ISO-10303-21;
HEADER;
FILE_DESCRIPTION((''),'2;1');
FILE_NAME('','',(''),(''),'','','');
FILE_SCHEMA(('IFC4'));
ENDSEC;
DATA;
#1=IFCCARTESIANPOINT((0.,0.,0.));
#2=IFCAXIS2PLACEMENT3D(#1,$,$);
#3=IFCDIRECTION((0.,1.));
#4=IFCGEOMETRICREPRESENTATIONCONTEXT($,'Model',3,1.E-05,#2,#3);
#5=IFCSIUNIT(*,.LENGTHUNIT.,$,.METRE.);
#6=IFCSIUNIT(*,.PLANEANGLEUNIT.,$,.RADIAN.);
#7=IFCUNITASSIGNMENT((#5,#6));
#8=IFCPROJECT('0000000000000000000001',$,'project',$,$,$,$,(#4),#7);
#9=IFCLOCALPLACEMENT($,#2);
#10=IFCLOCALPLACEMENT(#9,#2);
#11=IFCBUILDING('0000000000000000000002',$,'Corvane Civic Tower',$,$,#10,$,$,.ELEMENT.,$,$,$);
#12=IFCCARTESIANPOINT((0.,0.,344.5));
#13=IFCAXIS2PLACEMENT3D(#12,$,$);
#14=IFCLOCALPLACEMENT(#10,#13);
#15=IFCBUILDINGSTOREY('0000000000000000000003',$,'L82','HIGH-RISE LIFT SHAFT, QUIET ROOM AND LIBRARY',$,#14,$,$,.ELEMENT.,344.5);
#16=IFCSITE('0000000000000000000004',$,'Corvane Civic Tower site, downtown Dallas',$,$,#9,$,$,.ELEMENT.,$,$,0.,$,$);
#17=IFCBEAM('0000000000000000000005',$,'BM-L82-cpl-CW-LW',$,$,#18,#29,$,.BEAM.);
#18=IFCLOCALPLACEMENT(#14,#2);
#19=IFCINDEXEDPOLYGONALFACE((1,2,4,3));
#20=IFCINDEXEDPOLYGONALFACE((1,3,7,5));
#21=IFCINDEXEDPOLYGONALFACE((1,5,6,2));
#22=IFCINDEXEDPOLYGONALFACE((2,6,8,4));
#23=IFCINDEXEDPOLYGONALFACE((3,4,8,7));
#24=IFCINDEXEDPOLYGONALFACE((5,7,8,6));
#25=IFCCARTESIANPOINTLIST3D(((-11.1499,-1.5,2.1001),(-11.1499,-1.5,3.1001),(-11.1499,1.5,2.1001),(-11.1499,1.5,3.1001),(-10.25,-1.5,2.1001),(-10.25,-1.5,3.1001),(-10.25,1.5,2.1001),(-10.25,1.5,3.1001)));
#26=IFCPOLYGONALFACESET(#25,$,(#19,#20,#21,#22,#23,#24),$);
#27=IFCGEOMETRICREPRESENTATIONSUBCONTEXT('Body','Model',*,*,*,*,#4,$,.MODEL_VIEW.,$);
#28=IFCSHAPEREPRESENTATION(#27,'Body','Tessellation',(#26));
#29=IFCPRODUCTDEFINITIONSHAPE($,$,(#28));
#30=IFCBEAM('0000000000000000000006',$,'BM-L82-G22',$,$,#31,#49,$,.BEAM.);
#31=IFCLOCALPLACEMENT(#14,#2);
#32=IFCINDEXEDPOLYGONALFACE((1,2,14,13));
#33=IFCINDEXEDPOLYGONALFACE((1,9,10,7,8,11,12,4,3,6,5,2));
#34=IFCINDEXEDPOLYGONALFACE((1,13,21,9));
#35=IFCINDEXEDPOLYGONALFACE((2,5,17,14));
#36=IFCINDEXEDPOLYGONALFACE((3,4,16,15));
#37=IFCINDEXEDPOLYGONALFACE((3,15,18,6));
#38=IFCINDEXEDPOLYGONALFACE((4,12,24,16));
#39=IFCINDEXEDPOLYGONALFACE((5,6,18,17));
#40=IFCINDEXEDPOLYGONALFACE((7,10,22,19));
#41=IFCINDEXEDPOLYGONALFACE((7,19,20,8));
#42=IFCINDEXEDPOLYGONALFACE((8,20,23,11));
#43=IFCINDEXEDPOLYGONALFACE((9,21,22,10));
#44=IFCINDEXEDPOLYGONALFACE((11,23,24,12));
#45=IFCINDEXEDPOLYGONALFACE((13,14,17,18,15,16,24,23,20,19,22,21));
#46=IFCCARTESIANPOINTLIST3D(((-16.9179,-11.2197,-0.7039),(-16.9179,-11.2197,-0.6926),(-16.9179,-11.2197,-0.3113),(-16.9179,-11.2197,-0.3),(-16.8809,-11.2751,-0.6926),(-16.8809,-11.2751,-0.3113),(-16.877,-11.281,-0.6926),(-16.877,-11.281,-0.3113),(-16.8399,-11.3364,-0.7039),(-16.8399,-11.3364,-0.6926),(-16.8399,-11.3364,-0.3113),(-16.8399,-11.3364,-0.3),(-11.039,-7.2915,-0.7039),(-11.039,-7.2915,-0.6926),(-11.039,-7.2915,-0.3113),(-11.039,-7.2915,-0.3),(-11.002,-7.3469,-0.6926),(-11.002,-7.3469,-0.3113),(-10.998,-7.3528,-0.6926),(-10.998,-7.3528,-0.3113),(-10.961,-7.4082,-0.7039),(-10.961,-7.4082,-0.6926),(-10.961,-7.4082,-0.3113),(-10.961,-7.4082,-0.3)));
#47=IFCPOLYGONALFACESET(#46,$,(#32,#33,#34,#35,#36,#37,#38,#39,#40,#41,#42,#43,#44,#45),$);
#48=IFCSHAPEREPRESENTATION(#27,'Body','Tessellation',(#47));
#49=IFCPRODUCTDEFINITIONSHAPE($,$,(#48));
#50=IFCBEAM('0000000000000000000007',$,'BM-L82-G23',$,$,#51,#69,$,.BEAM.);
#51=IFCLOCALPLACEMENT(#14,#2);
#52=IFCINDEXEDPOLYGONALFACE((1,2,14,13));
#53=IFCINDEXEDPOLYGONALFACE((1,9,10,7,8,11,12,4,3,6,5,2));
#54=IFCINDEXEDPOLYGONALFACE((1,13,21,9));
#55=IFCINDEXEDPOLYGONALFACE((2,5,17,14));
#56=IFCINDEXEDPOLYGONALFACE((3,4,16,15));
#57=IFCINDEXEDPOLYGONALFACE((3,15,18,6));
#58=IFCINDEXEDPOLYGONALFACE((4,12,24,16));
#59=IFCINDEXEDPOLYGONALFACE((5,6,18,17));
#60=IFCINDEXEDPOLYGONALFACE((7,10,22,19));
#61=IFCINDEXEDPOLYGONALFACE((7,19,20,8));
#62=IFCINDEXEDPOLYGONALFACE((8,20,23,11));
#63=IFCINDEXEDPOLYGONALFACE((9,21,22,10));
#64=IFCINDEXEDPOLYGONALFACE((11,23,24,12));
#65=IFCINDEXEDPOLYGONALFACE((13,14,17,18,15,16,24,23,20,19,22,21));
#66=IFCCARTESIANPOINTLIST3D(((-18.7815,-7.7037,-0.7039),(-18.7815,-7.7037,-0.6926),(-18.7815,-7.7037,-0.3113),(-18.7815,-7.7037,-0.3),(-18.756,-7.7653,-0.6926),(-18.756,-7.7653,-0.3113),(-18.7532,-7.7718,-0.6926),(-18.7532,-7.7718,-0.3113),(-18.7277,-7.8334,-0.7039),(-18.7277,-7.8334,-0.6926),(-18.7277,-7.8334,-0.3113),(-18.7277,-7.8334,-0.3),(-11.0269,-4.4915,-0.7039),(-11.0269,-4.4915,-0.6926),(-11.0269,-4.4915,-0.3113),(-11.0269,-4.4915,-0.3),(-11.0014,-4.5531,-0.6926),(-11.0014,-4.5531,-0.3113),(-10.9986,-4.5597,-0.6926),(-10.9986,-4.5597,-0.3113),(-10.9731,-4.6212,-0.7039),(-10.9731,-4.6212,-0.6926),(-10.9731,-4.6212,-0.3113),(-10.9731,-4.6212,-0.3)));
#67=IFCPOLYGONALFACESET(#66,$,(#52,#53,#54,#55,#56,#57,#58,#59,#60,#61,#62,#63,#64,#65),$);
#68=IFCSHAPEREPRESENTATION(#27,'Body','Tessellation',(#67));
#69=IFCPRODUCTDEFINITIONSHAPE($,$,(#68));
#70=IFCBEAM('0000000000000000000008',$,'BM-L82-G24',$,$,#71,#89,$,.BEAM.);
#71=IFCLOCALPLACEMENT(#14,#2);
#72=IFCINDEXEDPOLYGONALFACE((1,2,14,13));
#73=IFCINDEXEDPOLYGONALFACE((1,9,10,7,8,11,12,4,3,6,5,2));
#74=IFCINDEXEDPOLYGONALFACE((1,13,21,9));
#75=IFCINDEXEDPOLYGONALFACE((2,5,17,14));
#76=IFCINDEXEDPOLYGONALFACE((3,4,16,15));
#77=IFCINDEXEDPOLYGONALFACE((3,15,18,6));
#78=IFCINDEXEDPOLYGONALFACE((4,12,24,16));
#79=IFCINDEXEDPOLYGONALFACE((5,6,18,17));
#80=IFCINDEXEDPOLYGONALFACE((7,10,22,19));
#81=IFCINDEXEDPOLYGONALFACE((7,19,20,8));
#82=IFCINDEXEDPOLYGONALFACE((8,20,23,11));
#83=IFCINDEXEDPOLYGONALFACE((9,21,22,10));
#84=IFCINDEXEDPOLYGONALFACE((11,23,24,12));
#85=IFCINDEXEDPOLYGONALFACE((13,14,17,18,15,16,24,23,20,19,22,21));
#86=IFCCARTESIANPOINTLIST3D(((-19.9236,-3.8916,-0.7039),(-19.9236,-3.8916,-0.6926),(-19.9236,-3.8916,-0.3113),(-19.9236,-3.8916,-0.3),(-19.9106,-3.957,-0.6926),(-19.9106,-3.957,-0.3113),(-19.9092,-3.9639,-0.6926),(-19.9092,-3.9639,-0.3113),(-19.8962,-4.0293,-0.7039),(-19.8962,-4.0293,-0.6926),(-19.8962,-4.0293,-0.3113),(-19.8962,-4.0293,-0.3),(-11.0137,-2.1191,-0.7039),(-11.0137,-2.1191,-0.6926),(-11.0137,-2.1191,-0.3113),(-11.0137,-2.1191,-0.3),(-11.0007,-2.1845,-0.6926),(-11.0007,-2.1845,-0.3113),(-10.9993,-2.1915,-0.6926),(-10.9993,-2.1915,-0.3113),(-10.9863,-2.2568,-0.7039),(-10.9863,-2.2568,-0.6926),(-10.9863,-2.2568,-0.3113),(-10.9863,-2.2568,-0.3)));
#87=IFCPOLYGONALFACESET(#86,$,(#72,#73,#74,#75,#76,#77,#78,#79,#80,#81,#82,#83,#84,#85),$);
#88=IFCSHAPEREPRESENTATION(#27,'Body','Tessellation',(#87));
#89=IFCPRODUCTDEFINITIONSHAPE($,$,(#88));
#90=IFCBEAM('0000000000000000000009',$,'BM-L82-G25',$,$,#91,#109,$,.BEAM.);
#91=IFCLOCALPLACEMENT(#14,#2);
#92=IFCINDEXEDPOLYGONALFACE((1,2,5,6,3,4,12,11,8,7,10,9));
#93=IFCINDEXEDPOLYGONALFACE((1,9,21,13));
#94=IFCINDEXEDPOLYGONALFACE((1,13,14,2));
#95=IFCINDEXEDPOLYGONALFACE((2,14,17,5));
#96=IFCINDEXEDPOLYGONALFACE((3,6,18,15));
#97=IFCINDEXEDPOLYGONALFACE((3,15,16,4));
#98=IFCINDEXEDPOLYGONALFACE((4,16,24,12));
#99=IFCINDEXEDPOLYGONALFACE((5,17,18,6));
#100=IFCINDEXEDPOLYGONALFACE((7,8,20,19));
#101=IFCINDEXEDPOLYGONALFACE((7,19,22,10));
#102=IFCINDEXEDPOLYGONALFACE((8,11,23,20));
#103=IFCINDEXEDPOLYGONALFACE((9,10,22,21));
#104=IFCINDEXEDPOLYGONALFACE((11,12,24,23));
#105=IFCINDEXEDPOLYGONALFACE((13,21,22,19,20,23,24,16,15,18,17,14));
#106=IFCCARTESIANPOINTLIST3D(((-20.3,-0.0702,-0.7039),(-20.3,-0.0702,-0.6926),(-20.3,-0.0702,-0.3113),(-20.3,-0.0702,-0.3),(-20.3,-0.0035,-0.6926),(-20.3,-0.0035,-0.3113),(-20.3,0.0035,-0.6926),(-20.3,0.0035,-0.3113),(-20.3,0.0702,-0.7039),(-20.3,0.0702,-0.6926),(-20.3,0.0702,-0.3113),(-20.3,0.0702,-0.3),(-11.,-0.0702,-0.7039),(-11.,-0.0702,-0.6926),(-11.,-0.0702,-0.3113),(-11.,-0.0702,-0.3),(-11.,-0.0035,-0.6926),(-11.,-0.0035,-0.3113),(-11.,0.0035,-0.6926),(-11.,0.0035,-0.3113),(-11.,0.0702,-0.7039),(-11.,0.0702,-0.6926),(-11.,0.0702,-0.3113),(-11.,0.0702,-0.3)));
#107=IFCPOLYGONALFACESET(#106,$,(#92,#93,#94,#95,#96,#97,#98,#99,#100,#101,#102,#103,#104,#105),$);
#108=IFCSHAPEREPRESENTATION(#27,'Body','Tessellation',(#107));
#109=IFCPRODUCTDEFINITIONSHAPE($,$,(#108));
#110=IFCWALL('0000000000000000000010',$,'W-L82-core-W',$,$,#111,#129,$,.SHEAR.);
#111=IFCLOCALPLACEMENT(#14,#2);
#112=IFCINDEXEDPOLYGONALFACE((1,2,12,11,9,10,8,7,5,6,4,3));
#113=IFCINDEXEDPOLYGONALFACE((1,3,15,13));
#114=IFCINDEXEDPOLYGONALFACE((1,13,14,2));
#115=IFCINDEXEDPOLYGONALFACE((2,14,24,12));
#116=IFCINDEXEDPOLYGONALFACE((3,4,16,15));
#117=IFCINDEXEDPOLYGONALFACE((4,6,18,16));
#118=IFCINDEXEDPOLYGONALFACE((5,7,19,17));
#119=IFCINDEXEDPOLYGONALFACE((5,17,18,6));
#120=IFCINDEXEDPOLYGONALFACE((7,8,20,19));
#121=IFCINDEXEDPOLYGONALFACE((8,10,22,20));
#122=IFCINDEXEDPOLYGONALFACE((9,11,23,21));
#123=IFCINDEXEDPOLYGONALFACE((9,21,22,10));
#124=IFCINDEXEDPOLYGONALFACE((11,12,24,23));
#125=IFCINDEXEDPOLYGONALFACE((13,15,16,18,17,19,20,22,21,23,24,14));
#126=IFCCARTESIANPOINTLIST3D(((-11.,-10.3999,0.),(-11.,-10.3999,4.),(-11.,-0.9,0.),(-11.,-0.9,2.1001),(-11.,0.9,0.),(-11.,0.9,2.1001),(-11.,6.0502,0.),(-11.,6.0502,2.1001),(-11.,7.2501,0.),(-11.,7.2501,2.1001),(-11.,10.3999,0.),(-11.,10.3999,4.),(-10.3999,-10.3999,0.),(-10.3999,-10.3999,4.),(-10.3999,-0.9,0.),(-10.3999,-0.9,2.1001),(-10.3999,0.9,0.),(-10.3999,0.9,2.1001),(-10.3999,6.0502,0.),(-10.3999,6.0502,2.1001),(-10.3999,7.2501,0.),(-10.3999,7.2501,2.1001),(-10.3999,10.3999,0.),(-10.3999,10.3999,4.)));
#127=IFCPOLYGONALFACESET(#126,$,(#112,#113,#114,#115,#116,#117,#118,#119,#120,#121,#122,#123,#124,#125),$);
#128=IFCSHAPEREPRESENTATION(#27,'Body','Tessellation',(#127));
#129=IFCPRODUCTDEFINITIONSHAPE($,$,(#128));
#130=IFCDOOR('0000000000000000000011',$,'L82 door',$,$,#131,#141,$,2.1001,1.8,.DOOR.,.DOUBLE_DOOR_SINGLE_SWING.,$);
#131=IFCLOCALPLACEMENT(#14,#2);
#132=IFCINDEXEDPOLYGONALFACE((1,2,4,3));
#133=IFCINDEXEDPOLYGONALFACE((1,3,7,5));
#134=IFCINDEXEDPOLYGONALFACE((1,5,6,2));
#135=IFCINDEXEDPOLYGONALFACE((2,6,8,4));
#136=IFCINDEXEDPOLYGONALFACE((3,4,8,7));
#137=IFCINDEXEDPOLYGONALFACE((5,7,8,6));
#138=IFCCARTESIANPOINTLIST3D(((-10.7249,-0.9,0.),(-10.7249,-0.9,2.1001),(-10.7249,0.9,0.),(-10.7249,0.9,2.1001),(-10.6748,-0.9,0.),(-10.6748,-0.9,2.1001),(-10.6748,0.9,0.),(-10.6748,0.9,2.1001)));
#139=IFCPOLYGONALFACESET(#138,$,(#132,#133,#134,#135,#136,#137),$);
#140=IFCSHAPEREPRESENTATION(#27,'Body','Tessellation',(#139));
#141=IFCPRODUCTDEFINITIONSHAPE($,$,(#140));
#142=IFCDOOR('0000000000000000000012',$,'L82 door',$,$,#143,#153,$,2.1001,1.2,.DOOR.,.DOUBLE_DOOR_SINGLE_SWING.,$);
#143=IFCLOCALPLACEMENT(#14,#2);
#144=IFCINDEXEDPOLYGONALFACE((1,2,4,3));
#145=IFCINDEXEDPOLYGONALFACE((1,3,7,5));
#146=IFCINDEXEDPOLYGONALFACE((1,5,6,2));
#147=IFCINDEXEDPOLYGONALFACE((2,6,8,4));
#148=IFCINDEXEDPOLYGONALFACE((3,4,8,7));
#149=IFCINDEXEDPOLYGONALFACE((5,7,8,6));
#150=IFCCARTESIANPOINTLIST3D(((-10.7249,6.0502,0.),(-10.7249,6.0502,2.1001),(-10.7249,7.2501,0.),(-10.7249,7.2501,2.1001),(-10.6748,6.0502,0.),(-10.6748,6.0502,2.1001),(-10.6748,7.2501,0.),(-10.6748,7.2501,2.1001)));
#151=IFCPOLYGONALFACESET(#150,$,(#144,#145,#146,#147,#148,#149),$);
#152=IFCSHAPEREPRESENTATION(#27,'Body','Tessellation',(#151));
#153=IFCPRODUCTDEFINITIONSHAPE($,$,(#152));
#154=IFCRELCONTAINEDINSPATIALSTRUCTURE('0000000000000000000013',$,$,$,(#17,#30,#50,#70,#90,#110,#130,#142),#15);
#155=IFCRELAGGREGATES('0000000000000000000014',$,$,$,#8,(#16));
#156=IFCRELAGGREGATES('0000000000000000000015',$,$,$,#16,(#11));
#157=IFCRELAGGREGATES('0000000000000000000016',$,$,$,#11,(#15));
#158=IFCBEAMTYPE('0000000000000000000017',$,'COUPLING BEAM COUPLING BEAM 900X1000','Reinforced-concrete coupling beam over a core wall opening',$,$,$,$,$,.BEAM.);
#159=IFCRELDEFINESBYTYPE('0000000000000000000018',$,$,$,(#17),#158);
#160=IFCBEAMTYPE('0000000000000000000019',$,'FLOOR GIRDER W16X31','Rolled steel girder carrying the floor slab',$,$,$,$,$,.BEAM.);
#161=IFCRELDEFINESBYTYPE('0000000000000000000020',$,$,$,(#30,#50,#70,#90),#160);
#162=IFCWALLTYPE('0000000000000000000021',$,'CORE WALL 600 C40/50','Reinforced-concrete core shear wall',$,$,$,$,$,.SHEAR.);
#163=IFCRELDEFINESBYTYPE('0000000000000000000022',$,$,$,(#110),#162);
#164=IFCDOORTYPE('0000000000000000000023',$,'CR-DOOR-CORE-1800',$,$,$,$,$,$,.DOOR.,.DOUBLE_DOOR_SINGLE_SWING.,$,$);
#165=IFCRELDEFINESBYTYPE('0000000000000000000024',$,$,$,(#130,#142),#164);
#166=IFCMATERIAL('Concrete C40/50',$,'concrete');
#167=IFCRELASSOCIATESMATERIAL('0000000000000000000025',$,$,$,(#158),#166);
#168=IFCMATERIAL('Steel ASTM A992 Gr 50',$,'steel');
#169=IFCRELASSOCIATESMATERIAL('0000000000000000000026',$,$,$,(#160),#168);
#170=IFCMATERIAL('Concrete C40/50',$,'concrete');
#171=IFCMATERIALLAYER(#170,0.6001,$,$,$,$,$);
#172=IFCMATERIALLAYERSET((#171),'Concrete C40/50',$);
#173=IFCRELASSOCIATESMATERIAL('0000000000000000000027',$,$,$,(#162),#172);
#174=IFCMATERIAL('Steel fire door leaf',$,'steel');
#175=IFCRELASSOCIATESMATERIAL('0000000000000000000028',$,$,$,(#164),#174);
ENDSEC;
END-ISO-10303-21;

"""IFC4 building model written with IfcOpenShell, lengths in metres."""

from ifc_helpers import new_model, si_unit, direction, frame, frame_2d, origin, origin_2d, place, context, subcontext, project, spatial, rectangle, i_section, extrude, material, layer, layer_set, material_profile, profile_set, type_object, element, fill, save


model = new_model("IFC4")

# Units and contexts
model_context = context("Model", 3, precision=1e-05, world=origin(), true_north=direction((0.0, 1.0)))
body_context = subcontext(model_context, "Body", "Model", "MODEL_VIEW")
ifc_project = project(units=[si_unit("LENGTHUNIT", "METRE"), si_unit("PLANEANGLEUNIT", "RADIAN")], contexts=[model_context])

# Site, building, storey
site_placement = place(None, origin())
site = spatial("IfcSite", under=ifc_project, at=site_placement, Name="Corvane Civic Tower site, downtown Dallas", CompositionType="ELEMENT", RefElevation=0.0)
building_placement = place(site_placement, origin())
building = spatial("IfcBuilding", under=site, at=building_placement, Name="Corvane Civic Tower", CompositionType="ELEMENT")
storey_placement = place(building_placement, frame((0.0, 0.0, 344.5)))
storey = spatial("IfcBuildingStorey", under=building, at=storey_placement, Name="L82", Description="HIGH-RISE LIFT SHAFT, QUIET ROOM AND LIBRARY", CompositionType="ELEMENT", Elevation=344.5)

# Beams
ifc_material_1 = material(Name="Concrete C40/50", Category="concrete")
ifc_material_profile_1 = material_profile(ifc_material_1, rectangle(XDim=0.8999, YDim=1.0, at=origin_2d()), Name="COUPLING BEAM 900X1000")
ifc_profile_set_1 = profile_set([ifc_material_profile_1], Name="Concrete C40/50")
beam_type_1 = type_object("IfcBeamType", Name="COUPLING BEAM COUPLING BEAM 900X1000", Description="Reinforced-concrete coupling beam over a core wall opening", PredefinedType="BEAM", material=ifc_profile_set_1)
beam_1_placement = place(storey_placement, frame((-10.7, -1.5, 2.6001), z_axis=(0.0, 1.0, 0.0), x_axis=(-1.0, 0.0, 0.0)))
element("IfcBeam", 1, at=beam_1_placement, inside=storey, type_object=beam_type_1, Name="BM-L82-cpl-CW-LW", PredefinedType="BEAM", context=body_context, shape_type="SweptSolid", body=[
    extrude(rectangle(XDim=0.8999, YDim=1.0, at=origin_2d()), origin(), (0.0, 0.0, 1.0), 3.0),
])
ifc_material_2 = material(Name="Steel ASTM A992 Gr 50", Category="steel")
ifc_material_profile_2 = material_profile(ifc_material_2, i_section(OverallWidth=0.1404, OverallDepth=0.4038, WebThickness=0.0071, FlangeThickness=0.0112, at=origin_2d()), Name="W16X31")
ifc_profile_set_2 = profile_set([ifc_material_profile_2], Name="Steel ASTM A992 Gr 50")
beam_type_2 = type_object("IfcBeamType", Name="FLOOR GIRDER W16X31", Description="Rolled steel girder carrying the floor slab", PredefinedType="BEAM", material=ifc_profile_set_2)
beam_2_placement = place(storey_placement, frame((-11.0, -7.3499, -0.502), z_axis=(-0.831465, -0.555576, 0.0), x_axis=(0.555576, -0.831465, 0.0)))
element("IfcBeam", 2, at=beam_2_placement, inside=storey, type_object=beam_type_2, Name="BM-L82-G22", PredefinedType="BEAM", context=body_context, shape_type="SweptSolid", body=[
    extrude(i_section(OverallWidth=0.1404, OverallDepth=0.4038, WebThickness=0.0071, FlangeThickness=0.0112, at=origin_2d()), origin(), (0.0, 0.0, 1.0), 7.0706),
])
beam_3_placement = place(storey_placement, frame((-11.0, -4.5564, -0.502), z_axis=(-0.923876, -0.382692, 0.0), x_axis=(0.382692, -0.923876, 0.0)))
element("IfcBeam", 3, at=beam_3_placement, inside=storey, type_object=beam_type_2, Name="BM-L82-G23", PredefinedType="BEAM", context=body_context, shape_type="SweptSolid", body=[
    extrude(i_section(OverallWidth=0.1404, OverallDepth=0.4038, WebThickness=0.0071, FlangeThickness=0.0112, at=origin_2d()), origin(), (0.0, 0.0, 1.0), 8.3936),
])
beam_4_placement = place(storey_placement, frame((-11.0, -2.188, -0.502), z_axis=(-0.980782, -0.195108, 0.0), x_axis=(0.195108, -0.980782, 0.0)))
element("IfcBeam", 4, at=beam_4_placement, inside=storey, type_object=beam_type_2, Name="BM-L82-G24", PredefinedType="BEAM", context=body_context, shape_type="SweptSolid", body=[
    extrude(i_section(OverallWidth=0.1404, OverallDepth=0.4038, WebThickness=0.0071, FlangeThickness=0.0112, at=origin_2d()), origin(), (0.0, 0.0, 1.0), 9.0845),
])
beam_5_placement = place(storey_placement, frame((-11.0, 0.0, -0.502), z_axis=(-1.0, 0.0, 0.0), x_axis=(0.0, -1.0, 0.0)))
element("IfcBeam", 5, at=beam_5_placement, inside=storey, type_object=beam_type_2, Name="BM-L82-G25", PredefinedType="BEAM", context=body_context, shape_type="SweptSolid", body=[
    extrude(i_section(OverallWidth=0.1404, OverallDepth=0.4038, WebThickness=0.0071, FlangeThickness=0.0112, at=origin_2d()), origin(), (0.0, 0.0, 1.0), 9.3),
])

# Wall, openings, doors
ifc_material_3 = material(Name="Concrete C40/50", Category="concrete")
ifc_layer_1 = layer(ifc_material_3, 0.6001)
ifc_layer_set_1 = layer_set([ifc_layer_1], Name="Concrete C40/50")
wall_type_1 = type_object("IfcWallType", Name="CORE WALL 600 C40/50", Description="Reinforced-concrete core shear wall", PredefinedType="SHEAR", material=ifc_layer_set_1)
wall_1_placement = place(storey_placement, frame((-10.7, -10.3999, 0.0), z_axis=(0.0, 0.0, 1.0), x_axis=(0.0, 1.0, 0.0)))
wall_1 = element("IfcWall", 6, at=wall_1_placement, inside=storey, type_object=wall_type_1, Name="W-L82-core-W", PredefinedType="SHEAR", context=body_context, shape_type="SweptSolid", body=[
    extrude(rectangle(XDim=20.7998, YDim=0.6001, at=frame_2d((10.3999, 0.0))), origin(), (0.0, 0.0, 1.0), 4.0),
])
opening_1_placement = place(wall_1_placement, frame((9.5, 0.0, 0.0)))
opening_1 = element("IfcOpeningElement", 7, at=opening_1_placement, cuts=wall_1, PredefinedType="OPENING", context=body_context, shape_type="SweptSolid", body=[
    extrude(rectangle(XDim=1.8, YDim=2.1001, at=frame_2d((0.8999, 1.05))), frame((0.0, 0.3101, 0.0), z_axis=(0.0, -1.0, 0.0), x_axis=(1.0, 0.0, 0.0)), (0.0, 0.0, 1.0), 0.6201),
])
opening_2_placement = place(wall_1_placement, frame((16.45, 0.0, 0.0)))
opening_2 = element("IfcOpeningElement", 8, at=opening_2_placement, cuts=wall_1, PredefinedType="OPENING", context=body_context, shape_type="SweptSolid", body=[
    extrude(rectangle(XDim=1.2, YDim=2.1001, at=frame_2d((0.6001, 1.05))), frame((0.0, 0.3101, 0.0), z_axis=(0.0, -1.0, 0.0), x_axis=(1.0, 0.0, 0.0)), (0.0, 0.0, 1.0), 0.6201),
])
ifc_material_4 = material(Name="Steel fire door leaf", Category="steel")
door_type_1 = type_object("IfcDoorType", Name="CR-DOOR-CORE-1800", OperationType="DOUBLE_DOOR_SINGLE_SWING", PredefinedType="DOOR", material=ifc_material_4)
door_1_placement = place(opening_1_placement, origin())
door_1 = element("IfcDoor", 9, at=door_1_placement, inside=storey, type_object=door_type_1, Name="L82 door", OperationType="DOUBLE_DOOR_SINGLE_SWING", OverallHeight=2.1001, OverallWidth=1.8, PredefinedType="DOOR", context=body_context, shape_type="SweptSolid", body=[
    extrude(rectangle(XDim=1.8, YDim=2.1001, at=frame_2d((0.8999, 1.05))), frame((0.0, 0.0249, 0.0), z_axis=(0.0, -1.0, 0.0), x_axis=(1.0, 0.0, 0.0)), (0.0, 0.0, 1.0), 0.05),
])
fill(opening_1, door_1)
door_2_placement = place(opening_2_placement, origin())
door_2 = element("IfcDoor", 10, at=door_2_placement, inside=storey, type_object=door_type_1, Name="L82 door", OperationType="DOUBLE_DOOR_SINGLE_SWING", OverallHeight=2.1001, OverallWidth=1.2, PredefinedType="DOOR", context=body_context, shape_type="SweptSolid", body=[
    extrude(rectangle(XDim=1.2, YDim=2.1001, at=frame_2d((0.6001, 1.05))), frame((0.0, 0.0249, 0.0), z_axis=(0.0, -1.0, 0.0), x_axis=(1.0, 0.0, 0.0)), (0.0, 0.0, 1.0), 0.05),
])
fill(opening_2, door_2)

save(model, "model.ifc")
